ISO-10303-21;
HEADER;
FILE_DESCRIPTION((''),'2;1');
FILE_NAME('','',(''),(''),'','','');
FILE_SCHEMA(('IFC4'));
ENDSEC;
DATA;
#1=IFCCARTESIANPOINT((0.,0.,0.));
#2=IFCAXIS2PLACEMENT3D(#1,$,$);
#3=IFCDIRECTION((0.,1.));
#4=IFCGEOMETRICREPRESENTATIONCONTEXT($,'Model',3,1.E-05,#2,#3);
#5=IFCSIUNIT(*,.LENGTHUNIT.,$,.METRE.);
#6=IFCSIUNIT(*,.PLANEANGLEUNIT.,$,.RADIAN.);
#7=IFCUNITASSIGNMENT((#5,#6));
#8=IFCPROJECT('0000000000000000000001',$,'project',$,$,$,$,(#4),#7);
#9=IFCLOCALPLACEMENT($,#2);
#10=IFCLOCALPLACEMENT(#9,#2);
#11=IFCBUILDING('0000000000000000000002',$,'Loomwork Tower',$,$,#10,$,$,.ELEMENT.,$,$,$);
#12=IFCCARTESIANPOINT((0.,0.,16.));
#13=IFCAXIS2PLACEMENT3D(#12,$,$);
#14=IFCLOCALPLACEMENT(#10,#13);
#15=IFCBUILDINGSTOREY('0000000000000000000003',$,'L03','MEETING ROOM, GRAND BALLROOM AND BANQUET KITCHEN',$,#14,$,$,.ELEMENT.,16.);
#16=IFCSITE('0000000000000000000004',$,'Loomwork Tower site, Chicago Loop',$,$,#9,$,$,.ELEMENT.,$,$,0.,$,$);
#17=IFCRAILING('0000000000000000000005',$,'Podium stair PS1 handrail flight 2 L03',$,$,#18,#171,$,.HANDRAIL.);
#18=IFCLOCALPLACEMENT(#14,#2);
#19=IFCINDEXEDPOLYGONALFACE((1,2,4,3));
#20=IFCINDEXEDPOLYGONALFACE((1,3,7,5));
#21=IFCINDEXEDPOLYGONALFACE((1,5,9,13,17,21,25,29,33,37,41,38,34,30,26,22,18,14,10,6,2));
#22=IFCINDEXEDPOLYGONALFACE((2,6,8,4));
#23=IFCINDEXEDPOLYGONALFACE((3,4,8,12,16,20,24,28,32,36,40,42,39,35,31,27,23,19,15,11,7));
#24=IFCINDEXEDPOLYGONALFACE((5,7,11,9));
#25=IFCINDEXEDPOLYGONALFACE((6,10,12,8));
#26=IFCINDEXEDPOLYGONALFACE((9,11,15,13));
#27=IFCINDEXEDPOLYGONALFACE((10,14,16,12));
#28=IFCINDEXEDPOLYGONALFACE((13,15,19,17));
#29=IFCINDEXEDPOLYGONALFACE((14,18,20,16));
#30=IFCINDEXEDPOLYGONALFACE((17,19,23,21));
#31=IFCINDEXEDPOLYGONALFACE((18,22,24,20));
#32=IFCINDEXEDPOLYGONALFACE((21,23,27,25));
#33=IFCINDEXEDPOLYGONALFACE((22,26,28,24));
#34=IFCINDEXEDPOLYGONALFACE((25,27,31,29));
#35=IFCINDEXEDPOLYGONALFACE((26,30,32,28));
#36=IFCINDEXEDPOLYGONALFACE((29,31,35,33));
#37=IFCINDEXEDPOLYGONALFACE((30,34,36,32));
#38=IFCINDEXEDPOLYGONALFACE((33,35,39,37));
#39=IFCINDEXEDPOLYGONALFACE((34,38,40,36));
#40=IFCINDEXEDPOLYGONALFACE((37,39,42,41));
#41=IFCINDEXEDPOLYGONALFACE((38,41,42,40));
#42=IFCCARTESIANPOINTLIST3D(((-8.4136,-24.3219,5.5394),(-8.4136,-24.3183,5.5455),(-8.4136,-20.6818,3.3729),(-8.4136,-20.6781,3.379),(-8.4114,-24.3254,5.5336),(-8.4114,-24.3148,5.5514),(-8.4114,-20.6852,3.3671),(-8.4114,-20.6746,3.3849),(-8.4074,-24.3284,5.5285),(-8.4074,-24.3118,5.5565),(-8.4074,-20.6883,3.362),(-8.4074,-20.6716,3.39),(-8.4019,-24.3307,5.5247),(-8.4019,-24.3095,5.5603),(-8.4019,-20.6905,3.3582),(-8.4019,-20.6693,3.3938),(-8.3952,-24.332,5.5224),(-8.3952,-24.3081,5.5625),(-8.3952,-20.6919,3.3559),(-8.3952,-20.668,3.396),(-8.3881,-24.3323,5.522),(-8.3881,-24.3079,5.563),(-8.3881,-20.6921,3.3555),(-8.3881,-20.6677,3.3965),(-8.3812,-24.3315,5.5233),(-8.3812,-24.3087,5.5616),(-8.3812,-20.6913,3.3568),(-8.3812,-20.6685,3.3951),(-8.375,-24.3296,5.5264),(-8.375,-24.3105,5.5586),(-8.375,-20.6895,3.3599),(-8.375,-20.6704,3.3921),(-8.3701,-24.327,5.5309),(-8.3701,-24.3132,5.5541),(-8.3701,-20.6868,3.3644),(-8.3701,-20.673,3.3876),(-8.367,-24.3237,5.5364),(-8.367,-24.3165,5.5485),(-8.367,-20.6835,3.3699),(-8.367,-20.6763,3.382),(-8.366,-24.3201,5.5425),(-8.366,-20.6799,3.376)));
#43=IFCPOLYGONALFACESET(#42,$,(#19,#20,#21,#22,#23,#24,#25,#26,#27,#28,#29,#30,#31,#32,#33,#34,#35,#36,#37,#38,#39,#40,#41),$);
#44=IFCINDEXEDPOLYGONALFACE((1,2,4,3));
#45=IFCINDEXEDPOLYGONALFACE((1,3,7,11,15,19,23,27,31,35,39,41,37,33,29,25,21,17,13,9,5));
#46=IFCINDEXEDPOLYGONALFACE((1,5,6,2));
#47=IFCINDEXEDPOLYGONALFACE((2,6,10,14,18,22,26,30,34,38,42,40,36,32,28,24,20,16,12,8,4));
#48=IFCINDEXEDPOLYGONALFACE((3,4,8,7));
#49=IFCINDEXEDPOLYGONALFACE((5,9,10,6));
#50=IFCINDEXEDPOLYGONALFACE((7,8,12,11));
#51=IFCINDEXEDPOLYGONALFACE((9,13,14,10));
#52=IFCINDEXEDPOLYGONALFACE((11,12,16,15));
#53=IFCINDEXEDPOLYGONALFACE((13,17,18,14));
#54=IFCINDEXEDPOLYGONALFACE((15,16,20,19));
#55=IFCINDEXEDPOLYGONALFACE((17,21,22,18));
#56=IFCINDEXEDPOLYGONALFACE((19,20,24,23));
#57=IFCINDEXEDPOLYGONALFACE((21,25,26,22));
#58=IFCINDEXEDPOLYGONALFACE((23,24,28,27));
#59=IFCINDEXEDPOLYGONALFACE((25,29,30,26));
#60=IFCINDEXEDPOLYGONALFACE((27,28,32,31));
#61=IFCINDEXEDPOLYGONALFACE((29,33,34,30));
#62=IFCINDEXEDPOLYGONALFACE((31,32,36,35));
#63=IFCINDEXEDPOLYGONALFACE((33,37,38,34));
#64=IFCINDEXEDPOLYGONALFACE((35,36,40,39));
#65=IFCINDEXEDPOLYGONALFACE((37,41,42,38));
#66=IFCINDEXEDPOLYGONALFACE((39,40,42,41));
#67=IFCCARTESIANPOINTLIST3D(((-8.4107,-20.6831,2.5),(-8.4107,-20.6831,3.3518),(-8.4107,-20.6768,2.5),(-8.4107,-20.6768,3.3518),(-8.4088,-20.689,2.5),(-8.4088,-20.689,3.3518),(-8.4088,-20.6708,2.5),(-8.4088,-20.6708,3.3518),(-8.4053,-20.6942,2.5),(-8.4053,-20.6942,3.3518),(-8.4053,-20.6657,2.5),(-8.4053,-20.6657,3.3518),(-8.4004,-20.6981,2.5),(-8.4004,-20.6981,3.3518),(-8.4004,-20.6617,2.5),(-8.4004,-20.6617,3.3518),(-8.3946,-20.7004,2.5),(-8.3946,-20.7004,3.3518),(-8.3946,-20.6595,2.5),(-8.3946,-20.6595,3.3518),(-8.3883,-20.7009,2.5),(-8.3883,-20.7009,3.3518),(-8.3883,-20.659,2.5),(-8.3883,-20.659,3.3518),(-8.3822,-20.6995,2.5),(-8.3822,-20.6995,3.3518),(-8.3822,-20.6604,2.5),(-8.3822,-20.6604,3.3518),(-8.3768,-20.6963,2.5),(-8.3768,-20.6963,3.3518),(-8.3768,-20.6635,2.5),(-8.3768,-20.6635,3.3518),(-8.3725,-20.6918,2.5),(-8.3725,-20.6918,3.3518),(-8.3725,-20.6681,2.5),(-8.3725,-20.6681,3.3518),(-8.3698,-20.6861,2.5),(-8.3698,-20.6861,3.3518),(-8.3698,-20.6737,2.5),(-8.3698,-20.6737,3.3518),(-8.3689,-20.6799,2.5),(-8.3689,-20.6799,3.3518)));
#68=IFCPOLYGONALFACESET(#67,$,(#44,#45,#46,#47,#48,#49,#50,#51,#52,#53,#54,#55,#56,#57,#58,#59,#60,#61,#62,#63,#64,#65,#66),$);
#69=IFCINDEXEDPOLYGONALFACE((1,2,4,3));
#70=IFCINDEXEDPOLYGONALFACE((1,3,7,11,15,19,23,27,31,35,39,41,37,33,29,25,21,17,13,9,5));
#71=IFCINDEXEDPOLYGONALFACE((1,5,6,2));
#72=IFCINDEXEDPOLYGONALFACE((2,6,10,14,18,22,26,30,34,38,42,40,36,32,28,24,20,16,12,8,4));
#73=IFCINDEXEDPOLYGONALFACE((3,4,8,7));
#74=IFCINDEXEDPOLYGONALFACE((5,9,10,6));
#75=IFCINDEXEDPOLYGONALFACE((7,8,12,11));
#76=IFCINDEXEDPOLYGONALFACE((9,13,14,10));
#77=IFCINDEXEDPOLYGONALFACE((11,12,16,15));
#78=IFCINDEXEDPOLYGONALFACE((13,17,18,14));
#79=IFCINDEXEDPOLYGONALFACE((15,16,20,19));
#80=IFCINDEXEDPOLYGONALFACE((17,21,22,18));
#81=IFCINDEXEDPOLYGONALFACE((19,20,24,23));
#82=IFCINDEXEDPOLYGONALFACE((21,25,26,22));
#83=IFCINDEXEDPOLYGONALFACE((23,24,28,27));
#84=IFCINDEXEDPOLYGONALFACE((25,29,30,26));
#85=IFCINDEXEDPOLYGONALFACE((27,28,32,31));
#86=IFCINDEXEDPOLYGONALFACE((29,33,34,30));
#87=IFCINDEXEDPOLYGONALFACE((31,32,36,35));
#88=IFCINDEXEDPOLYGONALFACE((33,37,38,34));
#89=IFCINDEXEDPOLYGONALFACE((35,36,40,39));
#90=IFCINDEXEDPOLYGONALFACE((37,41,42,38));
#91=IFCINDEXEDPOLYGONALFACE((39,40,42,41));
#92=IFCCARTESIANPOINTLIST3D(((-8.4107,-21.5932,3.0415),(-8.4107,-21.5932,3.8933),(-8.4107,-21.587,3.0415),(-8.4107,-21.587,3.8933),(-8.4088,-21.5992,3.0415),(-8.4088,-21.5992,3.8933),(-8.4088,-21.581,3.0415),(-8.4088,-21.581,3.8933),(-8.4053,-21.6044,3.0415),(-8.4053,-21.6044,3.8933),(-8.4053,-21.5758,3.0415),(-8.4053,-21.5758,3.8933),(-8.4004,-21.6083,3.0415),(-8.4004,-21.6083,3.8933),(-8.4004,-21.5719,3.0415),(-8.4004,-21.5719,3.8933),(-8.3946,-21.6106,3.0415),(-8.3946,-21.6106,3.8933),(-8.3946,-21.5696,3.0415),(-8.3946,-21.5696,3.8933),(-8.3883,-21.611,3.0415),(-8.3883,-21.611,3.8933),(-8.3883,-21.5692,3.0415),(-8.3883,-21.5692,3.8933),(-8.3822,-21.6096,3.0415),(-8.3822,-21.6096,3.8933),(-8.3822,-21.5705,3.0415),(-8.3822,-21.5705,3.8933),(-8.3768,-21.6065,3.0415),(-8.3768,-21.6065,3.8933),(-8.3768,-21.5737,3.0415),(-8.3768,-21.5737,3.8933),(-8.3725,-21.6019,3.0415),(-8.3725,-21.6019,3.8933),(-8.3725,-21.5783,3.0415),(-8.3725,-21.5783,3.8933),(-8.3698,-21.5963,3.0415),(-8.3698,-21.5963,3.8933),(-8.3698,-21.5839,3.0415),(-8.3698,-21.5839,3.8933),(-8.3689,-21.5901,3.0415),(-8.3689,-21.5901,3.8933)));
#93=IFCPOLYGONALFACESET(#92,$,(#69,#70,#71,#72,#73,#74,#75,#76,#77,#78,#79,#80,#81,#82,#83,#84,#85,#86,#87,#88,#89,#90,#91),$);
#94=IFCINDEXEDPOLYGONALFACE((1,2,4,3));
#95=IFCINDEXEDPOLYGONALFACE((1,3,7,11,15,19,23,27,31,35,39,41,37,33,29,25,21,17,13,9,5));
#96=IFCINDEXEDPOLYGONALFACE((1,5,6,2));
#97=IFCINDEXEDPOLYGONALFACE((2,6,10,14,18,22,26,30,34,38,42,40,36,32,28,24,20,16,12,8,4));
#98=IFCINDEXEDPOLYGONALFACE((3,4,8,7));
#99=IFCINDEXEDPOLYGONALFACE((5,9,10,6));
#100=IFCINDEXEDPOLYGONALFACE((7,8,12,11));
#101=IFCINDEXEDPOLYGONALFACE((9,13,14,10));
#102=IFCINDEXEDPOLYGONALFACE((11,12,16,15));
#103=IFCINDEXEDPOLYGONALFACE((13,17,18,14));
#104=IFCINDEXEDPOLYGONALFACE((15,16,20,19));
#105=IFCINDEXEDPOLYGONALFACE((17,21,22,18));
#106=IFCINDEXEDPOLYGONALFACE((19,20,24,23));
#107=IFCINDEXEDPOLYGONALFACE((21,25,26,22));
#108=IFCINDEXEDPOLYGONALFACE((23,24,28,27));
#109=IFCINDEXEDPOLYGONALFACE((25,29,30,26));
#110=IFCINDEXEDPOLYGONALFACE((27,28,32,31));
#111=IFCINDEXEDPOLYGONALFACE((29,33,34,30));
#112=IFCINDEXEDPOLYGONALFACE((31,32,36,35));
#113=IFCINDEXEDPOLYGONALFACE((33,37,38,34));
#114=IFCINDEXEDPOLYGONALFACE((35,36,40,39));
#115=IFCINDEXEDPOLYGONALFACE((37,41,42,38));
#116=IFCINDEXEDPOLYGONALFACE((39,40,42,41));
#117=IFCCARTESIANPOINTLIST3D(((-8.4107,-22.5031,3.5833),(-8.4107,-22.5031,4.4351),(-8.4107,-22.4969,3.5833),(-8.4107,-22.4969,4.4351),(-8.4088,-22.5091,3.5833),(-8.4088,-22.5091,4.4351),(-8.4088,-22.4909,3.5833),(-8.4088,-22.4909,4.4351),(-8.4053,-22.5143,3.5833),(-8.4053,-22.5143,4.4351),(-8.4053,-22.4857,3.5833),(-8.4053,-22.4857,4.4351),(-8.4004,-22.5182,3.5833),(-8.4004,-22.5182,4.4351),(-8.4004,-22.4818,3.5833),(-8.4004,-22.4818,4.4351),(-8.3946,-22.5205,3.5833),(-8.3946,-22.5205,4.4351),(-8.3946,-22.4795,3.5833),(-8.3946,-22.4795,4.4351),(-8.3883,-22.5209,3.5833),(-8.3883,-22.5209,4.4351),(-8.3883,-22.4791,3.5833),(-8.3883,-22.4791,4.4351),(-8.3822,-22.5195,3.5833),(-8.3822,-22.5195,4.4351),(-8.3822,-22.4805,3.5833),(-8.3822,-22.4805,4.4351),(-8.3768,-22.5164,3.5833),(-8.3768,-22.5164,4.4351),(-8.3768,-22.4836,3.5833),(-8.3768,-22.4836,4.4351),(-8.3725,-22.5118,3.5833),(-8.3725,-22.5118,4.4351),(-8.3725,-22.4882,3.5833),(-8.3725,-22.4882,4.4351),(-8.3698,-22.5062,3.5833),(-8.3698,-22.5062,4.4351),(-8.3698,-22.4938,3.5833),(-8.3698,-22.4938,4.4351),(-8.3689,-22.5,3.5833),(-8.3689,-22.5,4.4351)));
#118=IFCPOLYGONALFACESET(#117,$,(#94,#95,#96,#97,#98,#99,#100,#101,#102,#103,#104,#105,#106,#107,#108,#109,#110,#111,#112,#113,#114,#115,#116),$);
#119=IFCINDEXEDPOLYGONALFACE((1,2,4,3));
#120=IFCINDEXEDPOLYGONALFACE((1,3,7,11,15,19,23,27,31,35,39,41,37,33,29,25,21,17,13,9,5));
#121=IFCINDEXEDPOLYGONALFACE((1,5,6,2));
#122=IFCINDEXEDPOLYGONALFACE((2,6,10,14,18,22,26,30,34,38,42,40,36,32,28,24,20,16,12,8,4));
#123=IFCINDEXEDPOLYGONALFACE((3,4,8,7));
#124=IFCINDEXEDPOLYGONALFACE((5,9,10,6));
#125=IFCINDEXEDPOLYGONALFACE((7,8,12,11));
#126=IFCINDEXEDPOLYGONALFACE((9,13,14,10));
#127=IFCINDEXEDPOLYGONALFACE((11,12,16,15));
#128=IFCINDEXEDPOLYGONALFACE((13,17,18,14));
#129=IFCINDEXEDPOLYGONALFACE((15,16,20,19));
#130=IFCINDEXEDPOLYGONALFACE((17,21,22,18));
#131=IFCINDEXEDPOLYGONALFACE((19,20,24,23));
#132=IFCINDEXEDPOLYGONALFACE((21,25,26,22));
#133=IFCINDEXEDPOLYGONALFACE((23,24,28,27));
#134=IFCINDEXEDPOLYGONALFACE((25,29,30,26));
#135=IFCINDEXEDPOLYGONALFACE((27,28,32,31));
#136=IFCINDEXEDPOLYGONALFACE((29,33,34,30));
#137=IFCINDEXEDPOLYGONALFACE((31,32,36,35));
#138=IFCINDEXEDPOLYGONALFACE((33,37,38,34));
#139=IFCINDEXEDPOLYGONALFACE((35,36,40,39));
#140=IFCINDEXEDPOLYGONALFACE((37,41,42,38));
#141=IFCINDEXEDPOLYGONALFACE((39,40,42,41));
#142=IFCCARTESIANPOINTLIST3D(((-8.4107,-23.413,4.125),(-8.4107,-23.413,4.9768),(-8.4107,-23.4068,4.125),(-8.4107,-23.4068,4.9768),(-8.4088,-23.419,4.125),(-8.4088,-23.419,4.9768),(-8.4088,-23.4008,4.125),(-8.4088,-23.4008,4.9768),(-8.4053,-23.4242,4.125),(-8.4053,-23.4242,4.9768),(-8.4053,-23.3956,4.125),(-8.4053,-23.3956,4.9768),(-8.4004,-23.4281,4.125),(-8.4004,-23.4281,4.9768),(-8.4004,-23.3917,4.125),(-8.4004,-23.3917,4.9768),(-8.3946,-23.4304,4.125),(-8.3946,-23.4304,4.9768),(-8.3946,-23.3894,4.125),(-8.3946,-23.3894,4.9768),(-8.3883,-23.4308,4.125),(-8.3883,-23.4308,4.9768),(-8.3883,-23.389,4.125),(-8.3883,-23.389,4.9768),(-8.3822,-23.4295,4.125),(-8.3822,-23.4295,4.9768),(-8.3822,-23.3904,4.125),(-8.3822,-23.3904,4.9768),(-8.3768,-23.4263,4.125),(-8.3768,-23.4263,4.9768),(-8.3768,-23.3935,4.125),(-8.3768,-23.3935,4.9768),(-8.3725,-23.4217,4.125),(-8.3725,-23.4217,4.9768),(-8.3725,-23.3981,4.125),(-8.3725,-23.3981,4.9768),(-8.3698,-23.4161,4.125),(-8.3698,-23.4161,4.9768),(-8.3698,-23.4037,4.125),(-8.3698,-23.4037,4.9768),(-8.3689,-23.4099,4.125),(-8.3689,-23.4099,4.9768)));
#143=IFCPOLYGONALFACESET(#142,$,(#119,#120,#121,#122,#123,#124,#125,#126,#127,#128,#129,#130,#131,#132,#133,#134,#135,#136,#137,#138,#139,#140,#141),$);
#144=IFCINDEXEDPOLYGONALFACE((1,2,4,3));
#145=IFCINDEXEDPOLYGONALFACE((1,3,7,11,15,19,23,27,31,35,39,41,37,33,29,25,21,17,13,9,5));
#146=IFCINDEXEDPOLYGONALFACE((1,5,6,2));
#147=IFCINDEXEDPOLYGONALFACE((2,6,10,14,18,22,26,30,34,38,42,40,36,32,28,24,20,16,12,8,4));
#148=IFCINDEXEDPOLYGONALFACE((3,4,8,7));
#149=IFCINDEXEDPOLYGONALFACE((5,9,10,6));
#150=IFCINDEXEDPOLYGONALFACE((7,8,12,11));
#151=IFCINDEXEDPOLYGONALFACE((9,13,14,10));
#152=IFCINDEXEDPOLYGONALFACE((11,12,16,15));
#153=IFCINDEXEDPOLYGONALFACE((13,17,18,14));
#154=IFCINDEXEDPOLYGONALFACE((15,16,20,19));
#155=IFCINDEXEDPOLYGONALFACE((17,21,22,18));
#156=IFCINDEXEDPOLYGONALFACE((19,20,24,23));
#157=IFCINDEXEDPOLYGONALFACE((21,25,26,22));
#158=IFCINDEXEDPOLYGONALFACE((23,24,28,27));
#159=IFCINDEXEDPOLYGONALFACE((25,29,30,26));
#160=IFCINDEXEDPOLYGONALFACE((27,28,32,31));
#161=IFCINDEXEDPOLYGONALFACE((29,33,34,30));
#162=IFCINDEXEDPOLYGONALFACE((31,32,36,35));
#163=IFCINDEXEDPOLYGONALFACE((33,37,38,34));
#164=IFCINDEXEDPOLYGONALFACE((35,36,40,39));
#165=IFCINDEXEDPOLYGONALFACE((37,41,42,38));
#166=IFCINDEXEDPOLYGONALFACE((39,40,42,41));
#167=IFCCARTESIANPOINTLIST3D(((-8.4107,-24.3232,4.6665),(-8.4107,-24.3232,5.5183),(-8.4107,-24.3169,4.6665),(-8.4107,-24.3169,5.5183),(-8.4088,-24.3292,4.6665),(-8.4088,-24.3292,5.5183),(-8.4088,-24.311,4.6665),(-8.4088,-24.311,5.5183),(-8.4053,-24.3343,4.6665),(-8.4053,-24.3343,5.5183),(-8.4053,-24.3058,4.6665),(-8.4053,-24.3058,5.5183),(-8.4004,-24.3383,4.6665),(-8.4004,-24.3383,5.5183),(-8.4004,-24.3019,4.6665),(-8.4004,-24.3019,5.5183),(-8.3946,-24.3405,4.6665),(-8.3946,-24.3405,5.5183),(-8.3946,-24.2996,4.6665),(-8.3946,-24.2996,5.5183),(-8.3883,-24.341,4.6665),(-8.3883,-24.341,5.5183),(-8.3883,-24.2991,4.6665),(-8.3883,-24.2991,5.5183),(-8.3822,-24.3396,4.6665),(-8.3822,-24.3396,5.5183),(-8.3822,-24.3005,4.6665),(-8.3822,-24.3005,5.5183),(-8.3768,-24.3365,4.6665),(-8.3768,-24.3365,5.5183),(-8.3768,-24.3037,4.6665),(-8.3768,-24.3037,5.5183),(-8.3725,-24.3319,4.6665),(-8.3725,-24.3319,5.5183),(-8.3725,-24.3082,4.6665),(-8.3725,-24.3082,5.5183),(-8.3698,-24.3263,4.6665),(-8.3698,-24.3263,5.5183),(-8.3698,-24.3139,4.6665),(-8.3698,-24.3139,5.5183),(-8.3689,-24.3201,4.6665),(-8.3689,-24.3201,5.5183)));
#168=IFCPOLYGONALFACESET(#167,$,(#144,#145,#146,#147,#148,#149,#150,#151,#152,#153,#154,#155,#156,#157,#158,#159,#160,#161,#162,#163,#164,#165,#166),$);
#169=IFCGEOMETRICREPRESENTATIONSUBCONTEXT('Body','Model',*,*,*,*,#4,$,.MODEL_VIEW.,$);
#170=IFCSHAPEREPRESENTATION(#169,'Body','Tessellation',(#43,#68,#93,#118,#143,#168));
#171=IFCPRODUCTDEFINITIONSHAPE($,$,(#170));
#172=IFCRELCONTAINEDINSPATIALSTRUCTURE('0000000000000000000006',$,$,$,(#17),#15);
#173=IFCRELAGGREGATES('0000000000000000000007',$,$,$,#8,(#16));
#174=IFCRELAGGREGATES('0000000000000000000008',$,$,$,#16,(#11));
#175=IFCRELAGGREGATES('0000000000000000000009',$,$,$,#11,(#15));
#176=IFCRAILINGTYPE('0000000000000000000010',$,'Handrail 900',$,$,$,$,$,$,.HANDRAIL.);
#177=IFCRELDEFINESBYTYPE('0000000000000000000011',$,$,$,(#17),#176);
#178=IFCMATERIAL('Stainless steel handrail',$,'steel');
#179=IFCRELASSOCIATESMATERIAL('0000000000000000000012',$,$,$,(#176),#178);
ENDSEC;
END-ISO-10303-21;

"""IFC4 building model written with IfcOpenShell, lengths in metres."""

from ifc_helpers import new_model, si_unit, direction, frame, origin, origin_2d, place, context, subcontext, project, spatial, circle, extrude, material, type_object, element, save


model = new_model("IFC4")

# Units and contexts
model_context = context("Model", 3, precision=1e-05, world=origin(), true_north=direction((0.0, 1.0)))
body_context = subcontext(model_context, "Body", "Model", "MODEL_VIEW")
ifc_project = project(units=[si_unit("LENGTHUNIT", "METRE"), si_unit("PLANEANGLEUNIT", "RADIAN")], contexts=[model_context])

# Site, building, storey
site_placement = place(None, origin())
site = spatial("IfcSite", under=ifc_project, at=site_placement, Name="Loomwork Tower site, Chicago Loop", CompositionType="ELEMENT", RefElevation=0.0)
building_placement = place(site_placement, origin())
building = spatial("IfcBuilding", under=site, at=building_placement, Name="Loomwork Tower", CompositionType="ELEMENT")
storey_placement = place(building_placement, frame((0.0, 0.0, 16.0)))
storey = spatial("IfcBuildingStorey", under=building, at=storey_placement, Name="L03", Description="MEETING ROOM, GRAND BALLROOM AND BANQUET KITCHEN", CompositionType="ELEMENT", Elevation=16.0)

# Railing
ifc_material_1 = material(Name="Stainless steel handrail", Category="steel")
railing_type = type_object("IfcRailingType", Name="Handrail 900", PredefinedType="HANDRAIL", material=ifc_material_1)
railing_1_placement = place(storey_placement, frame((-8.3899, -20.6799, 2.5)))
element("IfcRailing", 1, at=railing_1_placement, inside=storey, type_object=railing_type, Name="Podium stair PS1 handrail flight 2 L03", PredefinedType="HANDRAIL", context=body_context, shape_type="SweptSolid", body=[
    extrude(circle(Radius=0.0239, at=origin_2d()), frame((0.0, 0.0, 0.876), z_axis=(0.0, -0.859318, 0.511441), x_axis=(1.0, 0.0, 0.0)), (0.0, 0.0, 1.0), 4.2361),
    extrude(circle(Radius=0.021, at=origin_2d()), origin(), (0.0, 0.0, 1.0), 0.8518),
    extrude(circle(Radius=0.021, at=origin_2d()), frame((0.0, -0.9102, 0.5415)), (0.0, 0.0, 1.0), 0.8518),
    extrude(circle(Radius=0.021, at=origin_2d()), frame((0.0, -1.8201, 1.0833)), (0.0, 0.0, 1.0), 0.8518),
    extrude(circle(Radius=0.021, at=origin_2d()), frame((0.0, -2.73, 1.625)), (0.0, 0.0, 1.0), 0.8518),
    extrude(circle(Radius=0.021, at=origin_2d()), frame((0.0, -3.6401, 2.1665)), (0.0, 0.0, 1.0), 0.8518),
])

save(model, "model.ifc")
